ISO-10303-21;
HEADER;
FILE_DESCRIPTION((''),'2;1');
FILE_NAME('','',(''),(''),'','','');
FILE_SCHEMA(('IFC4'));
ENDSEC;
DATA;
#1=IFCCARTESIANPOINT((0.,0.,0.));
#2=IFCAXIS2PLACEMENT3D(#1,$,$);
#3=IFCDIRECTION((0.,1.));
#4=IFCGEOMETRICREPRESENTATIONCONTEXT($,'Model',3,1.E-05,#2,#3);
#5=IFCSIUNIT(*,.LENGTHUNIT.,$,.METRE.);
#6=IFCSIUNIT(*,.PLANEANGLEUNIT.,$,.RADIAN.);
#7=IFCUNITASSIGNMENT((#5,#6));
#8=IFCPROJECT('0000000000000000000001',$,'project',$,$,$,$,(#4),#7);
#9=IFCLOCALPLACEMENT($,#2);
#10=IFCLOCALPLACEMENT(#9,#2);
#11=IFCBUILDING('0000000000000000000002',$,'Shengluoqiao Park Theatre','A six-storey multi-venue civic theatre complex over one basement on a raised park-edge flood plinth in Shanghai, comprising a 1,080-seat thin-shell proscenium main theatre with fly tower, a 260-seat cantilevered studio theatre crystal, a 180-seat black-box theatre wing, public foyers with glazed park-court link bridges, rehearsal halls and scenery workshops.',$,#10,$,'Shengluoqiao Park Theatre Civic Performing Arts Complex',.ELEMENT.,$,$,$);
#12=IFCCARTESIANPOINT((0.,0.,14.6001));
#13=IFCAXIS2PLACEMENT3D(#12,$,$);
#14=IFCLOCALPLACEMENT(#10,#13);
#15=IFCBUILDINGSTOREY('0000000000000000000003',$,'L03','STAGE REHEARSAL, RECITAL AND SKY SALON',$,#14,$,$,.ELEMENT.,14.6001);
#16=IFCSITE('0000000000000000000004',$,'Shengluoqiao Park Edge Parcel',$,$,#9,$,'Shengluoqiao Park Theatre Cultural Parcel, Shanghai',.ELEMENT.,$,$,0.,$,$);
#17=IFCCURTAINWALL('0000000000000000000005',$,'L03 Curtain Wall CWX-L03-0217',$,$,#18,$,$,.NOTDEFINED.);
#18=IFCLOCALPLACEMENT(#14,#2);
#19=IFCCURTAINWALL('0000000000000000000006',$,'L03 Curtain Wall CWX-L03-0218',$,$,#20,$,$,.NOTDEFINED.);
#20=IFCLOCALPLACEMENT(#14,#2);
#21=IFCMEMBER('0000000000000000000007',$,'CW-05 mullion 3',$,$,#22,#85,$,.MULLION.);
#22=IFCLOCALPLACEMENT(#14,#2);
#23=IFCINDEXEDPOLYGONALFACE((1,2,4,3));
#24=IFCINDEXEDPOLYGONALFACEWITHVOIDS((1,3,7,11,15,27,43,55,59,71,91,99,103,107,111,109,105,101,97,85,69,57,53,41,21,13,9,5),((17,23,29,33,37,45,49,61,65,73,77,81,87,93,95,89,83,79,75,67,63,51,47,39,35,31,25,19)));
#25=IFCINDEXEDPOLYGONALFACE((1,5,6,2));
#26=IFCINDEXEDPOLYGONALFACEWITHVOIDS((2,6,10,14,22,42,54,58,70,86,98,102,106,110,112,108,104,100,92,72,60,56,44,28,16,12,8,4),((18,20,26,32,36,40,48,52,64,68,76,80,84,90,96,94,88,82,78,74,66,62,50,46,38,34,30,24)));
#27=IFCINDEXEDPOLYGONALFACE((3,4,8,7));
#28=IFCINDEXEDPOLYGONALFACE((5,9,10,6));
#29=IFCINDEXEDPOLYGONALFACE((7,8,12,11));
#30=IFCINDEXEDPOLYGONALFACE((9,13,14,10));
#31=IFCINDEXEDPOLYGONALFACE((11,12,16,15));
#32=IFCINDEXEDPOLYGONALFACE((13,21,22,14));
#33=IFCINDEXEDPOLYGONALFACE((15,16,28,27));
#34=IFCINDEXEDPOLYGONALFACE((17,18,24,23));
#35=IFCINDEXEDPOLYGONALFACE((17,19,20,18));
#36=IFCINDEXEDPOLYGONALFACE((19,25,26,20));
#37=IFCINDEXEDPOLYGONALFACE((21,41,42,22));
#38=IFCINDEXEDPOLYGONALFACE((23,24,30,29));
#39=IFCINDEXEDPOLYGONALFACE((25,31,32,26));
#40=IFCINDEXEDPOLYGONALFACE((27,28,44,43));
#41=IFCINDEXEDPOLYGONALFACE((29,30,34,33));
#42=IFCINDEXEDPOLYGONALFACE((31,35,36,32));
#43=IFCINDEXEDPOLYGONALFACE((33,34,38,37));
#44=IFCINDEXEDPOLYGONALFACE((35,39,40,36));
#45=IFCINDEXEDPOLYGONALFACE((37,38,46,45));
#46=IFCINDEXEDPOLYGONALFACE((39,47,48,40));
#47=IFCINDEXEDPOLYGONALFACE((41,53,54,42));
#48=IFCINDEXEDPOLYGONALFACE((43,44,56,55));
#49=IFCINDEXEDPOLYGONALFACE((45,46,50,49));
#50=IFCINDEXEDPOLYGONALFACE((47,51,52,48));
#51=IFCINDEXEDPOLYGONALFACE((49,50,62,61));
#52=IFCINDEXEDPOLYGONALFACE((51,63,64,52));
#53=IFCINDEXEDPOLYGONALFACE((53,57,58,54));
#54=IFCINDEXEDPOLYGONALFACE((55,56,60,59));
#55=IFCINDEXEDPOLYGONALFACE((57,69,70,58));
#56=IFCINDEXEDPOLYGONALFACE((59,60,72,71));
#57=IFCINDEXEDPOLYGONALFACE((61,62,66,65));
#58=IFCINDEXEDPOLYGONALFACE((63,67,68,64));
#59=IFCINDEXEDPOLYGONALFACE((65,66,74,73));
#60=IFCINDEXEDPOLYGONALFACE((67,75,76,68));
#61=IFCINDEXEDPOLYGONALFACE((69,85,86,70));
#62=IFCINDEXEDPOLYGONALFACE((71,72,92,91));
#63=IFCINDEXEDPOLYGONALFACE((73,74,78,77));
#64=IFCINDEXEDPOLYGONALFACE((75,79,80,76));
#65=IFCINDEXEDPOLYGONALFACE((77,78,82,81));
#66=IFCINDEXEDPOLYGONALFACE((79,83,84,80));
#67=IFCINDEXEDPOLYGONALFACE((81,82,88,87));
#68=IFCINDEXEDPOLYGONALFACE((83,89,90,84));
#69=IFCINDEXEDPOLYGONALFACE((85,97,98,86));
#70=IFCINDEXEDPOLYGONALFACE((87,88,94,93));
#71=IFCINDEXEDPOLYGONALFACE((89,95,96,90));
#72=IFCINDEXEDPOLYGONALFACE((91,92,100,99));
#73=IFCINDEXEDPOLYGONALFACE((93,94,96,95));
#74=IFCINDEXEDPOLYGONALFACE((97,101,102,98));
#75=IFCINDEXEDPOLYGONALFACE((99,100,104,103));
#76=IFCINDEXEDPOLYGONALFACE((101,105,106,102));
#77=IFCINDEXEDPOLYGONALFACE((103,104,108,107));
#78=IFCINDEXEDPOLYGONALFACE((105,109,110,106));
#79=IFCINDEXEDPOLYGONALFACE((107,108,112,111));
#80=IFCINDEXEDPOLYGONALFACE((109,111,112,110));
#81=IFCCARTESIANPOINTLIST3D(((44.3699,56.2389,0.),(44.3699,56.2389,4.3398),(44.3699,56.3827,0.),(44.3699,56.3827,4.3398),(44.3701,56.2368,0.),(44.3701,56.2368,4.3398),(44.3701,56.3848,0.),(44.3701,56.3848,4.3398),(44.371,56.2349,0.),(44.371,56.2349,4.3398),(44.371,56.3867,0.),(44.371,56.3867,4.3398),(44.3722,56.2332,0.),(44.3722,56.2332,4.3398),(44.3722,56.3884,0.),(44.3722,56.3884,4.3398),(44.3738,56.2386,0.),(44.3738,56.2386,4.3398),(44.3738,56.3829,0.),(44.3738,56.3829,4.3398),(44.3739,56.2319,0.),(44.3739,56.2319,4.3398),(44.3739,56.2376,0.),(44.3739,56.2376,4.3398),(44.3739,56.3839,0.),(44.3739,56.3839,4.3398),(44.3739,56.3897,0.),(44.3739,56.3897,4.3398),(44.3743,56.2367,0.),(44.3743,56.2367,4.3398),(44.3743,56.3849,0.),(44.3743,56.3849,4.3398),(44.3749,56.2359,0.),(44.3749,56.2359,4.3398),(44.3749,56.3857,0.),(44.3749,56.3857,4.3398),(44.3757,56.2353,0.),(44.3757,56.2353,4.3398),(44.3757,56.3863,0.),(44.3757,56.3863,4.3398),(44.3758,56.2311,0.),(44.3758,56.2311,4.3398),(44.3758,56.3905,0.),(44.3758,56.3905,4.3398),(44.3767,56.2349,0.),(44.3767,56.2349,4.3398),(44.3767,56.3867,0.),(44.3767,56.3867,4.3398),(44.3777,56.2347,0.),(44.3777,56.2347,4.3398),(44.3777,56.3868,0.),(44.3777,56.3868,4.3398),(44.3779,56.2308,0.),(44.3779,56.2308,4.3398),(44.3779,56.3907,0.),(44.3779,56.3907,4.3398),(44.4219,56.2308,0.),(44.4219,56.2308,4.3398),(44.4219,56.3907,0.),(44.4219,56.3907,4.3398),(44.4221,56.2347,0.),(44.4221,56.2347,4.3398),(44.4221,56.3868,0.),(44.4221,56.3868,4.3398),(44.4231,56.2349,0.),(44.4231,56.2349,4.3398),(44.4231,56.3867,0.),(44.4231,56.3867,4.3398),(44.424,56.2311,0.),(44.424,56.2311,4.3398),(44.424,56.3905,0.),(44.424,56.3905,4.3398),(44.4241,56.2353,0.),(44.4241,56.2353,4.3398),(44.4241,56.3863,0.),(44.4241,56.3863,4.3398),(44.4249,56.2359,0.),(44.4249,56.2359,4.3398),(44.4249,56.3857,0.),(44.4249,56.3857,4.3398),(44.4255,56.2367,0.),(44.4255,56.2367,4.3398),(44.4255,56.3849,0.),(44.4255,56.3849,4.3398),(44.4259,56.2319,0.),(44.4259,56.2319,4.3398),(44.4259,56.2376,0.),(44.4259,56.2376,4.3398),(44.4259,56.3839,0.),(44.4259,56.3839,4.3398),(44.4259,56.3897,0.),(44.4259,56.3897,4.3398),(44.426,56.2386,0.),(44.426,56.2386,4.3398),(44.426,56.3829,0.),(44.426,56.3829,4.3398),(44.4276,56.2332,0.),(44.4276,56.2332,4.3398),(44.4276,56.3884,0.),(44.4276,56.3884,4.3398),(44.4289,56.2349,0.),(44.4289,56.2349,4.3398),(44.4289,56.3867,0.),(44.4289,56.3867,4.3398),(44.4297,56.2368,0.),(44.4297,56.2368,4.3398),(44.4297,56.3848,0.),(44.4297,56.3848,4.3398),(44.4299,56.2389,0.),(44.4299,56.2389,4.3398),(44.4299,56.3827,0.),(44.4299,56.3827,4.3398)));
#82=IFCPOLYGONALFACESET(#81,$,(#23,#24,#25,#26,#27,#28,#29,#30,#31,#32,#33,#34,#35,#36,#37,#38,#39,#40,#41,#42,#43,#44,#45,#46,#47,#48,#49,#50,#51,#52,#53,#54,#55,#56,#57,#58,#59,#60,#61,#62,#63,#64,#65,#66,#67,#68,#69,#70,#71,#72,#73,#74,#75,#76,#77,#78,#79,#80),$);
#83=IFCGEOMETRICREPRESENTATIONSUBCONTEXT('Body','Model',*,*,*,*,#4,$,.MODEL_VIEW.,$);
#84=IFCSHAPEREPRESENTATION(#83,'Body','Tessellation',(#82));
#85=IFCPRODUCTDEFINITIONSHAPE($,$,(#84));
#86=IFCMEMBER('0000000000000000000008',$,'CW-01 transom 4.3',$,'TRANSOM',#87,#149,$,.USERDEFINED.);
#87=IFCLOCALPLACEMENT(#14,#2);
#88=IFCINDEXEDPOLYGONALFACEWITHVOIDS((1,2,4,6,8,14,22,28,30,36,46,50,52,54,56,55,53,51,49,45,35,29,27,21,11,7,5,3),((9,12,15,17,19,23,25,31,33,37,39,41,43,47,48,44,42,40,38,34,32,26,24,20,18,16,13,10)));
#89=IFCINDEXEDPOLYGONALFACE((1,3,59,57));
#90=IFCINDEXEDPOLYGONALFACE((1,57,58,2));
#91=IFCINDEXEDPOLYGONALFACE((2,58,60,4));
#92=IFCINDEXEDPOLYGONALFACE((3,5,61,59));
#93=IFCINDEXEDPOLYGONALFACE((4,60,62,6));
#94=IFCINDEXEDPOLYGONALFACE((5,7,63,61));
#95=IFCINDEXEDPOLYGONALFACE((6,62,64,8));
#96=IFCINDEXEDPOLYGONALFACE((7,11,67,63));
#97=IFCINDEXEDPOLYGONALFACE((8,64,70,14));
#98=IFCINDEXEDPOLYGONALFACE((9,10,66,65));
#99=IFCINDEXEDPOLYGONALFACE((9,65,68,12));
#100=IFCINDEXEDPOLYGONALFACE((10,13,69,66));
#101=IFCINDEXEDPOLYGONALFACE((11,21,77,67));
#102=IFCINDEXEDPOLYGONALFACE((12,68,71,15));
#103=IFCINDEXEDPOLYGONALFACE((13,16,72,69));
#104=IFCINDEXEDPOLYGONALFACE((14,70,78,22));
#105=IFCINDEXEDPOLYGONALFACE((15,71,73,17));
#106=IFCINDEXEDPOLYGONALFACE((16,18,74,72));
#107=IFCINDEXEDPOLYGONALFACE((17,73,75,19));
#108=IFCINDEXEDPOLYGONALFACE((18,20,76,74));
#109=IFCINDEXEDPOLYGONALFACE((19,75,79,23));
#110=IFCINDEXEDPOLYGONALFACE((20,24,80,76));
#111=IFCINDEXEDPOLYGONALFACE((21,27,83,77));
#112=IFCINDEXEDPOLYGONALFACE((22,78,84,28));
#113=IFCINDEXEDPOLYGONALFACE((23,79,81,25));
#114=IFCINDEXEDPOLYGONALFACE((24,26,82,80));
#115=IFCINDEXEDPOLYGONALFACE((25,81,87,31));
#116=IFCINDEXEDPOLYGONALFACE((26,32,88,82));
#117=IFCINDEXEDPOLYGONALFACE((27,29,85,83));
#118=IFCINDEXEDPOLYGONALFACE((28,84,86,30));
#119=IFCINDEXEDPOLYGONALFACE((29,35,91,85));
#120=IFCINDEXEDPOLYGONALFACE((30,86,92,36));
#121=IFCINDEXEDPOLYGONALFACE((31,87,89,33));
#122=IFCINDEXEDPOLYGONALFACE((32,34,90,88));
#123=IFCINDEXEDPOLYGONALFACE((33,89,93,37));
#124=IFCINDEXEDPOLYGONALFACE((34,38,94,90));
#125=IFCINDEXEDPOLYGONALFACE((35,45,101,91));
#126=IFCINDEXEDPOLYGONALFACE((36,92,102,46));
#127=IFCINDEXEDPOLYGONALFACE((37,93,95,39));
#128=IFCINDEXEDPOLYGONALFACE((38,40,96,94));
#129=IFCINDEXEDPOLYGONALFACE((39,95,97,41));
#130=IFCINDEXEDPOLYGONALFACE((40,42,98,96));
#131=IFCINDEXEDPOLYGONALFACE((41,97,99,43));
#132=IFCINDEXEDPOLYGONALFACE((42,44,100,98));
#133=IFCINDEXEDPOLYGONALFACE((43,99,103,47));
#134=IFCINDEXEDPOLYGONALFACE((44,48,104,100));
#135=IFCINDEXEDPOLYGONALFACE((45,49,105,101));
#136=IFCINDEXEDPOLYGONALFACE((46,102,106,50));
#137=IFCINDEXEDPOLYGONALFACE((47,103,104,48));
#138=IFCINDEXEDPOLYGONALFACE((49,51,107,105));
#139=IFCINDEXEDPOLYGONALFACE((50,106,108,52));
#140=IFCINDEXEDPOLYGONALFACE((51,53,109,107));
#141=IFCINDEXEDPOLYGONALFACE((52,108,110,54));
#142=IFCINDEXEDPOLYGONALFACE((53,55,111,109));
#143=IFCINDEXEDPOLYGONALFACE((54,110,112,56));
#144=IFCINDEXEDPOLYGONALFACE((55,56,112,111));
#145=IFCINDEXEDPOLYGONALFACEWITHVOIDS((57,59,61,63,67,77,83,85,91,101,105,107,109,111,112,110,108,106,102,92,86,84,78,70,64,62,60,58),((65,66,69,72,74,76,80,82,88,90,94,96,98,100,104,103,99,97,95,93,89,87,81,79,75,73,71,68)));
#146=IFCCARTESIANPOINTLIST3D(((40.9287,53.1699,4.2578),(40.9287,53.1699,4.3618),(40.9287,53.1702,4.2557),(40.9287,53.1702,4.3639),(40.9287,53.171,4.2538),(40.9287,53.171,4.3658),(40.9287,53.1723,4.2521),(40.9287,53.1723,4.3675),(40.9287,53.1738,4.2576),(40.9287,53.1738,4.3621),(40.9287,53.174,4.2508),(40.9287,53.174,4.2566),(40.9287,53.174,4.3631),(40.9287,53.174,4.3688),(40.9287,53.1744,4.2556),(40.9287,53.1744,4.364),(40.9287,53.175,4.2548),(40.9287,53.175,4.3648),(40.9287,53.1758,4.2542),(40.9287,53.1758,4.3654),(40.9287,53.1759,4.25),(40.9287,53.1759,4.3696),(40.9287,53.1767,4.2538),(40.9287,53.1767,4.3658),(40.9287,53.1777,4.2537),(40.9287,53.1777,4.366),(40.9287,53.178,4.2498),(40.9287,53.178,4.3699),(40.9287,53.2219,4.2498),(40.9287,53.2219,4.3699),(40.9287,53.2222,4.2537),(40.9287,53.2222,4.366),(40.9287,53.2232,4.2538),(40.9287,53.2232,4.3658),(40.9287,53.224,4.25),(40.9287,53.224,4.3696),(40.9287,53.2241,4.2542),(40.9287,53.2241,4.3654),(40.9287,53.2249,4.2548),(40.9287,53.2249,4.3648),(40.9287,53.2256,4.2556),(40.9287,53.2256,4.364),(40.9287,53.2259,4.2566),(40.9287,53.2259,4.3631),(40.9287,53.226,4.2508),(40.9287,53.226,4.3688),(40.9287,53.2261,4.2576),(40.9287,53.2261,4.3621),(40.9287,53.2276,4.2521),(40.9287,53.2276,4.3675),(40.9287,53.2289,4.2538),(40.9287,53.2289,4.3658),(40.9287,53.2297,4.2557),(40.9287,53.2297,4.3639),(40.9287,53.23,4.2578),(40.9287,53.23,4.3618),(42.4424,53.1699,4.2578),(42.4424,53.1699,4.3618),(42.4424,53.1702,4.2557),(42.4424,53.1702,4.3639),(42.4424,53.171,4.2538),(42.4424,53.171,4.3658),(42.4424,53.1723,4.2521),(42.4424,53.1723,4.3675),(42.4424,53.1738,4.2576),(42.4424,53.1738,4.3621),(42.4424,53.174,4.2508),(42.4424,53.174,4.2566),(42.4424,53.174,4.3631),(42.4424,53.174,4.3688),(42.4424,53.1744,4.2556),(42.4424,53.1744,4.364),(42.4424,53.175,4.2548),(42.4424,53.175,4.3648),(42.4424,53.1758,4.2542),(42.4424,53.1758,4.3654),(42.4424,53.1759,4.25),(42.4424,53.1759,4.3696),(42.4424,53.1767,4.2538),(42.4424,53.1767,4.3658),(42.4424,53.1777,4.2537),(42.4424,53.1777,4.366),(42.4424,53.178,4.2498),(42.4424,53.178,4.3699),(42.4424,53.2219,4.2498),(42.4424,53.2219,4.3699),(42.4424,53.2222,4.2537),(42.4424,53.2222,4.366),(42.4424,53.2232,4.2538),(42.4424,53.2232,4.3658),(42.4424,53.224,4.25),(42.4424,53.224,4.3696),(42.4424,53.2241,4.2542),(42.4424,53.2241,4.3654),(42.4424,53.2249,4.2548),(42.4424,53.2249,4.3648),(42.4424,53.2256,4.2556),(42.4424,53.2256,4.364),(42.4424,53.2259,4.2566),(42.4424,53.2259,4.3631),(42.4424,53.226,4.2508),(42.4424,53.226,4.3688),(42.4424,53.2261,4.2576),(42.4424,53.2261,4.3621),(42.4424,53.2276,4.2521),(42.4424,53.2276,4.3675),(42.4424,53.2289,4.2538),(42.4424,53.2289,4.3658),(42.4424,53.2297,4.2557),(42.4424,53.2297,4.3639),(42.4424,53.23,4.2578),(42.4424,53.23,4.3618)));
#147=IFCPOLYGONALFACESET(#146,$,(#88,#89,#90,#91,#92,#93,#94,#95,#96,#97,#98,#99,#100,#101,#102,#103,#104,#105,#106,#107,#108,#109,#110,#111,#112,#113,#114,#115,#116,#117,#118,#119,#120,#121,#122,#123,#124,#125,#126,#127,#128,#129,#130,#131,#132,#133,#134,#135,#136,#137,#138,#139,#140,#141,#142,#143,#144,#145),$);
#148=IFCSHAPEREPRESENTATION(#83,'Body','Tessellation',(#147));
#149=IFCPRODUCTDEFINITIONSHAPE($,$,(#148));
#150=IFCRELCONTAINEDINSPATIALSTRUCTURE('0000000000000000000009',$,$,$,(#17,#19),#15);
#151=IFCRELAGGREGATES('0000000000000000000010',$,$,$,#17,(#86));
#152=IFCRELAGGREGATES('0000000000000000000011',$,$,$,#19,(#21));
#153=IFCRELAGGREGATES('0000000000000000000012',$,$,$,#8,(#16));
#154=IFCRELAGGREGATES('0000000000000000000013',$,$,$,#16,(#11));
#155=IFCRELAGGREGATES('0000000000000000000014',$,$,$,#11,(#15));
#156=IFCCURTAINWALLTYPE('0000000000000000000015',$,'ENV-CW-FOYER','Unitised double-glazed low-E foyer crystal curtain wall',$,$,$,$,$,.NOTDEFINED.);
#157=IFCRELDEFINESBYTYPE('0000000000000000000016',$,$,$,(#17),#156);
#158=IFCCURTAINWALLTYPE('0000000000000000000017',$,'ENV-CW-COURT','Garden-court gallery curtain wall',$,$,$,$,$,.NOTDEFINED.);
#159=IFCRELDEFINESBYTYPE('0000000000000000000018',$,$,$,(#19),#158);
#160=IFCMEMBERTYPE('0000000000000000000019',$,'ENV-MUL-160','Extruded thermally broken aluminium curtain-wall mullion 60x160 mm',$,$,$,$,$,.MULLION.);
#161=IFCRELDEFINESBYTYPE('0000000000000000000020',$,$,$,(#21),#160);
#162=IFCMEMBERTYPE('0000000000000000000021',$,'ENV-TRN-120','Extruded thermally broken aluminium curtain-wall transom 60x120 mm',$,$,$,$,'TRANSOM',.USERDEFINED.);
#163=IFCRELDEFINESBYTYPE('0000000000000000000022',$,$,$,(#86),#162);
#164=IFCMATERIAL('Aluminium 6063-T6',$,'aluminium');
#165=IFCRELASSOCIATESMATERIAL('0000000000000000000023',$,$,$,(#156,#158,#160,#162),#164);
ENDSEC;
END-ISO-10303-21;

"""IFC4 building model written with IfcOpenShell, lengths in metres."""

from ifc_helpers import new_model, si_unit, direction, frame, origin, origin_2d, place, context, subcontext, project, spatial, hollow_rectangle, extrude, material, material_profile, profile_set, type_object, element, aggregate, save


model = new_model("IFC4")

# Units and contexts
model_context = context("Model", 3, precision=1e-05, world=origin(), true_north=direction((0.0, 1.0)))
body_context = subcontext(model_context, "Body", "Model", "MODEL_VIEW")
ifc_project = project(units=[si_unit("LENGTHUNIT", "METRE"), si_unit("PLANEANGLEUNIT", "RADIAN")], contexts=[model_context])

# Site, building, storey
site_placement = place(None, origin())
site = spatial("IfcSite", under=ifc_project, at=site_placement, Name="Shengluoqiao Park Edge Parcel", LongName="Shengluoqiao Park Theatre Cultural Parcel, Shanghai", CompositionType="ELEMENT", RefElevation=0.0)
building_placement = place(site_placement, origin())
building = spatial("IfcBuilding", under=site, at=building_placement, Name="Shengluoqiao Park Theatre", Description="A six-storey multi-venue civic theatre complex over one basement on a raised park-edge flood plinth in Shanghai, comprising a 1,080-seat thin-shell proscenium main theatre with fly tower, a 260-seat cantilevered studio theatre crystal, a 180-seat black-box theatre wing, public foyers with glazed park-court link bridges, rehearsal halls and scenery workshops.", LongName="Shengluoqiao Park Theatre Civic Performing Arts Complex", CompositionType="ELEMENT")
storey_placement = place(building_placement, frame((0.0, 0.0, 14.6001)))
storey = spatial("IfcBuildingStorey", under=building, at=storey_placement, Name="L03", Description="STAGE REHEARSAL, RECITAL AND SKY SALON", CompositionType="ELEMENT", Elevation=14.6001)

# Curtain walls, member
ifc_material_1 = material(Name="Aluminium 6063-T6", Category="aluminium")
curtain_wall_type_1 = type_object("IfcCurtainWallType", Name="ENV-CW-FOYER", Description="Unitised double-glazed low-E foyer crystal curtain wall", PredefinedType="NOTDEFINED", material=ifc_material_1)
curtain_wall_1_placement = place(storey_placement, origin())
curtain_wall_1 = element("IfcCurtainWall", 1, at=curtain_wall_1_placement, inside=storey, type_object=curtain_wall_type_1, Name="L03 Curtain Wall CWX-L03-0217", PredefinedType="NOTDEFINED")
ifc_material_profile_1 = material_profile(ifc_material_1, hollow_rectangle(XDim=0.0601, YDim=0.1599, WallThickness=0.0039, InnerFilletRadius=0.0039, OuterFilletRadius=0.0081, at=origin_2d()), Name="ALU MULLION 160x60x4")
ifc_profile_set_1 = profile_set([ifc_material_profile_1], Name="Aluminium 6063-T6")
member_type_1 = type_object("IfcMemberType", Name="ENV-MUL-160", Description="Extruded thermally broken aluminium curtain-wall mullion 60x160 mm", PredefinedType="MULLION", material=ifc_profile_set_1)
curtain_wall_type_2 = type_object("IfcCurtainWallType", Name="ENV-CW-COURT", Description="Garden-court gallery curtain wall", PredefinedType="NOTDEFINED", material=ifc_material_1)
curtain_wall_2_placement = place(storey_placement, origin())
curtain_wall_2 = element("IfcCurtainWall", 2, at=curtain_wall_2_placement, inside=storey, type_object=curtain_wall_type_2, Name="L03 Curtain Wall CWX-L03-0218", PredefinedType="NOTDEFINED")
member_1_placement = place(storey_placement, frame((44.3999, 56.3108, 0.0), z_axis=(0.0, 0.0, 1.0), x_axis=(-1.0, 0.0, 0.0)))
member_1 = element("IfcMember", 3, at=member_1_placement, type_object=member_type_1, Name="CW-05 mullion 3", PredefinedType="MULLION", context=body_context, shape_type="SweptSolid", body=[
    extrude(hollow_rectangle(XDim=0.0601, YDim=0.1599, WallThickness=0.0039, InnerFilletRadius=0.0039, OuterFilletRadius=0.0081, at=origin_2d()), origin(), (0.0, 0.0, 1.0), 4.3398),
])

# Member
ifc_material_profile_2 = material_profile(ifc_material_1, hollow_rectangle(XDim=0.0601, YDim=0.1201, WallThickness=0.0039, InnerFilletRadius=0.0039, OuterFilletRadius=0.0081, at=origin_2d()), Name="ALU TRANSOM 120x60x4")
ifc_profile_set_2 = profile_set([ifc_material_profile_2], Name="Aluminium 6063-T6")
member_type_2 = type_object("IfcMemberType", Name="ENV-TRN-120", Description="Extruded thermally broken aluminium curtain-wall transom 60x120 mm", ElementType="TRANSOM", PredefinedType="USERDEFINED", material=ifc_profile_set_2)
member_2_placement = place(storey_placement, frame((40.9287, 53.2, 4.3098), z_axis=(1.0, 0.0, 0.0), x_axis=(0.0, 1.0, 0.0)))
member_2 = element("IfcMember", 4, at=member_2_placement, type_object=member_type_2, Name="CW-01 transom 4.3", ObjectType="TRANSOM", PredefinedType="USERDEFINED", context=body_context, shape_type="SweptSolid", body=[
    extrude(hollow_rectangle(XDim=0.0601, YDim=0.1201, WallThickness=0.0039, InnerFilletRadius=0.0039, OuterFilletRadius=0.0081, at=origin_2d()), origin(), (0.0, 0.0, 1.0), 1.5137),
])

aggregate(curtain_wall_1, [member_2])
aggregate(curtain_wall_2, [member_1])

save(model, "model.ifc")
